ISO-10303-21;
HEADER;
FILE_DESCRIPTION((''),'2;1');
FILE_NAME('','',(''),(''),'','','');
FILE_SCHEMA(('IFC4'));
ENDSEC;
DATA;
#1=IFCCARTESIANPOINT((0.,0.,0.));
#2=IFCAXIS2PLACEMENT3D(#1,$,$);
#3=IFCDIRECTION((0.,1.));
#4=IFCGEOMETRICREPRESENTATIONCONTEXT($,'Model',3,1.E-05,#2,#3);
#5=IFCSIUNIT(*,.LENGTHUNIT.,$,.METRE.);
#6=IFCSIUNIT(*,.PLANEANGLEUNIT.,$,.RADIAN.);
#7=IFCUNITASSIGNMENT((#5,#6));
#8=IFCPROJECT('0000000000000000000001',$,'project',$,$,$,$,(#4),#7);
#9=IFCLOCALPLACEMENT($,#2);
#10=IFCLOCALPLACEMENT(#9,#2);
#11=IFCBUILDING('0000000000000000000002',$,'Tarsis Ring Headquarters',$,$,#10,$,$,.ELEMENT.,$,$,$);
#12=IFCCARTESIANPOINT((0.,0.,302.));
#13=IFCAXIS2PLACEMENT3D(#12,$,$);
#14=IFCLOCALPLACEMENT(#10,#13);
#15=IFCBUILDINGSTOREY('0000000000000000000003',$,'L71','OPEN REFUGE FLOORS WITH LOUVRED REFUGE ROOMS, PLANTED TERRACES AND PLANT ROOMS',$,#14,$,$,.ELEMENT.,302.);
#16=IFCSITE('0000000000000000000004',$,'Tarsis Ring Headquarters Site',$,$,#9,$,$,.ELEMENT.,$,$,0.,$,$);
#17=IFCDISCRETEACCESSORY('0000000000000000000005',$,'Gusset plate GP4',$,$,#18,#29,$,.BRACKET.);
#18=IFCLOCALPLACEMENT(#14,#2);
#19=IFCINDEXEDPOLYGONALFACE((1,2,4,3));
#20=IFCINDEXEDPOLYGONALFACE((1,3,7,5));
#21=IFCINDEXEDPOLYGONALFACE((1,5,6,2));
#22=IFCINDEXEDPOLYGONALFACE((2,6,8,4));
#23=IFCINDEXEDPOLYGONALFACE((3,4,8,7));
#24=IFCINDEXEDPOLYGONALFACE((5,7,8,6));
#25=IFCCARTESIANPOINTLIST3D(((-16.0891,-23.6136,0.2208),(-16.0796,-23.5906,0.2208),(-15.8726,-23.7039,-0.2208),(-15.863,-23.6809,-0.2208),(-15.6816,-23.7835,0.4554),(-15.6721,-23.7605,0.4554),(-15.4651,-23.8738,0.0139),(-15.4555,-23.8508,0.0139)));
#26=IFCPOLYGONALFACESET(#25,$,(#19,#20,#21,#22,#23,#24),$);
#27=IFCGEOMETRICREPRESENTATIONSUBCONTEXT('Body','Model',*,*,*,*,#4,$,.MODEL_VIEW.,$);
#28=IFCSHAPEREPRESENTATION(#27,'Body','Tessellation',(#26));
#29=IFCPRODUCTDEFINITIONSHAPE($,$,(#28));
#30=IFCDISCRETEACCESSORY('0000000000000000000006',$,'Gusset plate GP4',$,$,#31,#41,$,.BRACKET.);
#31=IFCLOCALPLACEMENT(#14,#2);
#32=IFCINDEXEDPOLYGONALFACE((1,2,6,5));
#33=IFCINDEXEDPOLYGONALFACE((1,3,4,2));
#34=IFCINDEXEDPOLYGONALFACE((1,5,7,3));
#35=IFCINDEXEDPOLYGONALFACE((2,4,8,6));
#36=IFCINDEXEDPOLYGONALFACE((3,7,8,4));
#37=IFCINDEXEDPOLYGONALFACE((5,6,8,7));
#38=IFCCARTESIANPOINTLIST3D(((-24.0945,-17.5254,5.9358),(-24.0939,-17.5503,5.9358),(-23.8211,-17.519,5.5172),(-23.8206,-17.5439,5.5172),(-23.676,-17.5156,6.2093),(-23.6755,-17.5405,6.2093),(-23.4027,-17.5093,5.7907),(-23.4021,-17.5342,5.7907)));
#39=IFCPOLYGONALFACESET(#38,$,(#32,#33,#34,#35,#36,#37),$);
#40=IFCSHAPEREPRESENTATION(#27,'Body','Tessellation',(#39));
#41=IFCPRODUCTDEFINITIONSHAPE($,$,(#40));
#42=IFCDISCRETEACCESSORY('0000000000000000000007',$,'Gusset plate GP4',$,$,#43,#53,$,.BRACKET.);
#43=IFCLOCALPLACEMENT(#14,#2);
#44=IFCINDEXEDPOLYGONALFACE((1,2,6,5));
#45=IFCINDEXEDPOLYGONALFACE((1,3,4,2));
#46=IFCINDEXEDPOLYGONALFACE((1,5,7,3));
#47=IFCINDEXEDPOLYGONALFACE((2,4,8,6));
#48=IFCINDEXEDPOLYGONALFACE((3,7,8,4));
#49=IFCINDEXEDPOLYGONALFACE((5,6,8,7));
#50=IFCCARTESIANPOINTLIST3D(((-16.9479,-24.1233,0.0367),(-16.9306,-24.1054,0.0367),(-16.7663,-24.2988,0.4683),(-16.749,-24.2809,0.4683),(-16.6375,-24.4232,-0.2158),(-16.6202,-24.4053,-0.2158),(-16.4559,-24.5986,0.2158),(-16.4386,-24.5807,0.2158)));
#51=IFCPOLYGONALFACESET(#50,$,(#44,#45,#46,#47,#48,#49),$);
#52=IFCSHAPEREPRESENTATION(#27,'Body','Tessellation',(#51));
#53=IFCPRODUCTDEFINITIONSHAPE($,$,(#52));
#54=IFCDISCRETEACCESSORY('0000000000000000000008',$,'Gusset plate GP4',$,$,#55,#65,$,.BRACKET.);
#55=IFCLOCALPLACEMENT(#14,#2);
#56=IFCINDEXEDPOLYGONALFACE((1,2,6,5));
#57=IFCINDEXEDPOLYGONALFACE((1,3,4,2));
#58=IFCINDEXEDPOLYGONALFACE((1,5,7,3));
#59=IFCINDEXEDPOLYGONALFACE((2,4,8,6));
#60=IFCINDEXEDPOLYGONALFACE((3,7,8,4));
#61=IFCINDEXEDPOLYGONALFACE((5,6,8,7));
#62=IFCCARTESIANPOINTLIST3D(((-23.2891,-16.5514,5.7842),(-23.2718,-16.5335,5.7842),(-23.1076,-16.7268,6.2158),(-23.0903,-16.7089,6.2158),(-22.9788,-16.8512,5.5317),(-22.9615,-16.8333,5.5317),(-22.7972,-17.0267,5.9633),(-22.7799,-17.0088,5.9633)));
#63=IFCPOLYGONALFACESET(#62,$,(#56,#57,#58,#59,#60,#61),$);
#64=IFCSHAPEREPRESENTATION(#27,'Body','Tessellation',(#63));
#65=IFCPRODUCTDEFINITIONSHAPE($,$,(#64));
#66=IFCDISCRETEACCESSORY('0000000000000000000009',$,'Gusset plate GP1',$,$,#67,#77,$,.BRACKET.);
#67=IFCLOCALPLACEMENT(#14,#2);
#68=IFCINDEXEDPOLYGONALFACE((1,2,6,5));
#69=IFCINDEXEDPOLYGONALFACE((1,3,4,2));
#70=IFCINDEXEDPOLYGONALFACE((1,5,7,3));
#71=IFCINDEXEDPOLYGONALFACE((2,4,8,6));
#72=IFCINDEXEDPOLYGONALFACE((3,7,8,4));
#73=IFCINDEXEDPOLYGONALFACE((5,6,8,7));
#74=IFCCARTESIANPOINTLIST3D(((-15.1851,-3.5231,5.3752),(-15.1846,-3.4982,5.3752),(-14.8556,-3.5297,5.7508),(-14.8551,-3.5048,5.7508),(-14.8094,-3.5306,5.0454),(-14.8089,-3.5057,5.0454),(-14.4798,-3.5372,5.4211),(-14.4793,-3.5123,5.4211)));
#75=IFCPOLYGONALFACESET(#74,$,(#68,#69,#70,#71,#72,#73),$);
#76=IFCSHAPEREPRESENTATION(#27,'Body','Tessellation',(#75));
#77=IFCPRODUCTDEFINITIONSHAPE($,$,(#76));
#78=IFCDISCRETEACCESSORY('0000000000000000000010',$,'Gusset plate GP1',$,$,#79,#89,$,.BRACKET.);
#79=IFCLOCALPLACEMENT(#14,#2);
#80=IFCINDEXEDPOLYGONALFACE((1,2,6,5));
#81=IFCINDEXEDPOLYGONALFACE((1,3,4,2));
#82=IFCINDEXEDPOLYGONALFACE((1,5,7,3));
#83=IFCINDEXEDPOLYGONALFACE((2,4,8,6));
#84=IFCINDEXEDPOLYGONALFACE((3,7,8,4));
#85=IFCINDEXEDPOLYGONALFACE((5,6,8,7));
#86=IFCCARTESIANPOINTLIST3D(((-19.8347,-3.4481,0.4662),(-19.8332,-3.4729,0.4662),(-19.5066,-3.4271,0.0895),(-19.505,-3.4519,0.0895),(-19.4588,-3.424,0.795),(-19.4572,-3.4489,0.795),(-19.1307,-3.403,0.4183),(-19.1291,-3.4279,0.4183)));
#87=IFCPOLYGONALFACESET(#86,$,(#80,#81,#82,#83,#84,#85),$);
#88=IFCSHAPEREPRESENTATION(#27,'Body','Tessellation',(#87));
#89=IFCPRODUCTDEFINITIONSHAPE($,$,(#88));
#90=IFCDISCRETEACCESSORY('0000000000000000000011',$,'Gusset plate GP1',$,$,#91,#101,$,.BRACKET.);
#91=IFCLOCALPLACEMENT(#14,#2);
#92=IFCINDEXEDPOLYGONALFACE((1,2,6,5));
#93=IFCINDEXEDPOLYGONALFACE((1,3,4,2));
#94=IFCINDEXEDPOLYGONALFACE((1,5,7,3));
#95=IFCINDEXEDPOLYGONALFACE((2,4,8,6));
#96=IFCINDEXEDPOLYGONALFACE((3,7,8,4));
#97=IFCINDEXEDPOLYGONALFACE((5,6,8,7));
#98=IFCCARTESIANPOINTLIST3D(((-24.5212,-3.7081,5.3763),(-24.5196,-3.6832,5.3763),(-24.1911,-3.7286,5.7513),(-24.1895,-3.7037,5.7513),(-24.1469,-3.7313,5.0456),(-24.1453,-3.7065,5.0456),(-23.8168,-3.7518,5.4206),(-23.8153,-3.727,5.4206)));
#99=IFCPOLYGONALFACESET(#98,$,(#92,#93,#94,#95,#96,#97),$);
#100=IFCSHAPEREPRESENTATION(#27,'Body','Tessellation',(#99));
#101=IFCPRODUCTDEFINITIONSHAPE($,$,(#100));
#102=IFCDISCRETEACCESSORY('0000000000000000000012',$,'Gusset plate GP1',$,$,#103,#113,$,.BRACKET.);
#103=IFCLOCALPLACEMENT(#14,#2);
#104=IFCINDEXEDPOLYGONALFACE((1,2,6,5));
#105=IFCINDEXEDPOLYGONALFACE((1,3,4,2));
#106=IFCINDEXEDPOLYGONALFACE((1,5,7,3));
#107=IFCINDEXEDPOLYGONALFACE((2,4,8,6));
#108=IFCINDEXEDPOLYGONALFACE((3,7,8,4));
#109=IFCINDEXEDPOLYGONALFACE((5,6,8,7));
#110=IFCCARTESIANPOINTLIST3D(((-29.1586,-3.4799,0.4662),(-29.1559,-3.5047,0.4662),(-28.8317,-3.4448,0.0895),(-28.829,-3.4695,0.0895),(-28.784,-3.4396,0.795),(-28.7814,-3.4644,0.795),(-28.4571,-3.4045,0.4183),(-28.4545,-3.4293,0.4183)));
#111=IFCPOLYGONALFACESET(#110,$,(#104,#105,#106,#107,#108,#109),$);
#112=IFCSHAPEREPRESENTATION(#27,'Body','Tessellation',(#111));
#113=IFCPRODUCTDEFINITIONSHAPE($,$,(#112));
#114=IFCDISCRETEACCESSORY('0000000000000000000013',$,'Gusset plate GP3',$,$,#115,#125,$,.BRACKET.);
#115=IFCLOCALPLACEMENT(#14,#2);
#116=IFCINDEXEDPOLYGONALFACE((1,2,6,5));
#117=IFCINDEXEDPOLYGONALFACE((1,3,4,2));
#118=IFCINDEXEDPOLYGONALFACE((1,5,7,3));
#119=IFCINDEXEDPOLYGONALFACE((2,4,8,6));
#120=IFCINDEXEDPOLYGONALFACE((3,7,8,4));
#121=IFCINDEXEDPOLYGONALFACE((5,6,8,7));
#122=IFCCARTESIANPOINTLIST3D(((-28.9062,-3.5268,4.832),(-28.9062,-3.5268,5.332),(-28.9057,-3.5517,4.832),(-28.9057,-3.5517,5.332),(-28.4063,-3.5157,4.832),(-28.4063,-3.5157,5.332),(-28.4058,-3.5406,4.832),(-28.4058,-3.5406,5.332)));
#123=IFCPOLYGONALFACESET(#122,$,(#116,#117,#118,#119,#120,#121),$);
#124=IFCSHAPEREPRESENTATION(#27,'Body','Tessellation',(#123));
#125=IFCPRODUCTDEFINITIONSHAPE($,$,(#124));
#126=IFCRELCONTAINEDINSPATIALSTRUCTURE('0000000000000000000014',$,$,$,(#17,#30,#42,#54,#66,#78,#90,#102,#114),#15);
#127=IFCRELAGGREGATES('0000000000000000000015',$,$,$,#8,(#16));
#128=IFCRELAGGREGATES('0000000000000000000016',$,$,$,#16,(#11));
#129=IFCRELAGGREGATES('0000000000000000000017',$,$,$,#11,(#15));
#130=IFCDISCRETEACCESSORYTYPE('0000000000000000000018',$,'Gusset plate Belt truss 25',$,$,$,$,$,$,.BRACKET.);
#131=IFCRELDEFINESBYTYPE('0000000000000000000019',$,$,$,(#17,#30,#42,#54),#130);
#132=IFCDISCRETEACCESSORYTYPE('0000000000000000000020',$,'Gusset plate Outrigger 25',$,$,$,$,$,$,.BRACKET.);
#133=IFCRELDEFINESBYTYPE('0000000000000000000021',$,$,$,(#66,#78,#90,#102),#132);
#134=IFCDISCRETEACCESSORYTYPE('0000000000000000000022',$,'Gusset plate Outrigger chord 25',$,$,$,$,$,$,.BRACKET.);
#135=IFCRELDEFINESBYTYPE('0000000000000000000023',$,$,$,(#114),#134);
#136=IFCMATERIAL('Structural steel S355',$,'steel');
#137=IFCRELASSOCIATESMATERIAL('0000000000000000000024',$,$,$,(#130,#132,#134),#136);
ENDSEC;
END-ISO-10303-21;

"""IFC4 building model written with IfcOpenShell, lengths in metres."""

from ifc_helpers import new_model, si_unit, direction, frame, origin, origin_2d, place, context, subcontext, project, spatial, rectangle, extrude, material, material_profile, profile_set, type_object, element, save


model = new_model("IFC4")

# Units and contexts
model_context = context("Model", 3, precision=1e-05, world=origin(), true_north=direction((0.0, 1.0)))
body_context = subcontext(model_context, "Body", "Model", "MODEL_VIEW")
ifc_project = project(units=[si_unit("LENGTHUNIT", "METRE"), si_unit("PLANEANGLEUNIT", "RADIAN")], contexts=[model_context])

# Site, building, storey
site_placement = place(None, origin())
site = spatial("IfcSite", under=ifc_project, at=site_placement, Name="Tarsis Ring Headquarters Site", CompositionType="ELEMENT", RefElevation=0.0)
building_placement = place(site_placement, origin())
building = spatial("IfcBuilding", under=site, at=building_placement, Name="Tarsis Ring Headquarters", CompositionType="ELEMENT")
storey_placement = place(building_placement, frame((0.0, 0.0, 302.0)))
storey = spatial("IfcBuildingStorey", under=building, at=storey_placement, Name="L71", Description="OPEN REFUGE FLOORS WITH LOUVRED REFUGE ROOMS, PLANTED TERRACES AND PLANT ROOMS", CompositionType="ELEMENT", Elevation=302.0)

# Shared definitions
ifc_material_1 = material(Name="Structural steel S355", Category="steel")

# Discrete accessories
ifc_material_profile_1 = material_profile(ifc_material_1, rectangle(XDim=0.0249, YDim=0.5, at=origin_2d()), Name="PL 25x500")
ifc_profile_set_1 = profile_set([ifc_material_profile_1], Name="Structural steel S355")
discrete_accessory_type_1 = type_object("IfcDiscreteAccessoryType", Name="Gusset plate Belt truss 25", PredefinedType="BRACKET", material=ifc_profile_set_1)
for number, where, z_axis, x_axis, name in (
    (1, (-15.9761, -23.6472, 0.0), (0.81502, -0.339876, 0.469283), (0.38489, 0.922962, 0.0), "Gusset plate GP4"),
    (2, (-23.5391, -17.5249, 6.0), (-0.836965, -0.019532, -0.546908), (0.023331, -0.999728, 0.0), "Gusset plate GP4"),
    (3, (-16.5381, -24.502, 0.0), (-0.620733, 0.599733, 0.504987), (-0.694837, -0.719167, 0.0), "Gusset plate GP4"),
    (4, (-23.1897, -16.6301, 6.0), (0.620733, -0.599733, -0.504987), (0.694837, 0.719167, 0.0), "Gusset plate GP4"),
):
    element("IfcDiscreteAccessory", number, at=place(storey_placement, frame(where, z_axis=z_axis, x_axis=x_axis)), inside=storey, type_object=discrete_accessory_type_1, Name=name, PredefinedType="BRACKET", context=body_context, shape_type="SweptSolid", body=[
        extrude(rectangle(XDim=0.0249, YDim=0.5, at=origin_2d()), origin(), (0.0, 0.0, 1.0), 0.5),
    ])
discrete_accessory_type_2 = type_object("IfcDiscreteAccessoryType", Name="Gusset plate Outrigger 25", PredefinedType="BRACKET", material=ifc_profile_set_1)
discrete_accessory_1_placement = place(storey_placement, frame((-14.6675, -3.521, 5.5859), z_axis=(-0.65938, 0.013188, -0.751694), x_axis=(-0.019996, -0.9998, 0.0)))
element("IfcDiscreteAccessory", 5, at=discrete_accessory_1_placement, inside=storey, type_object=discrete_accessory_type_2, Name="Gusset plate GP1", PredefinedType="BRACKET", context=body_context, shape_type="SweptSolid", body=[
    extrude(rectangle(XDim=0.0249, YDim=0.5, at=origin_2d()), origin(), (0.0, 0.0, 1.0), 0.4998),
])
for number, where, z_axis, x_axis, name in (
    (6, (-19.3179, -3.4275, 0.2539), (-0.656228, -0.041991, 0.753393), (0.063857, -0.997959, 0.0), "Gusset plate GP1"),
    (7, (-24.0032, -3.7278, 5.5859), (-0.66016, 0.041016, -0.750004), (-0.062011, -0.998075, 0.0), "Gusset plate GP1"),
    (8, (-28.6431, -3.437, 0.2539), (-0.653793, -0.070311, 0.7534), (0.106926, -0.994267, 0.0), "Gusset plate GP1"),
):
    element("IfcDiscreteAccessory", number, at=place(storey_placement, frame(where, z_axis=z_axis, x_axis=x_axis)), inside=storey, type_object=discrete_accessory_type_2, Name=name, PredefinedType="BRACKET", context=body_context, shape_type="SweptSolid", body=[
        extrude(rectangle(XDim=0.0249, YDim=0.5, at=origin_2d()), origin(), (0.0, 0.0, 1.0), 0.5),
    ])
discrete_accessory_type_3 = type_object("IfcDiscreteAccessoryType", Name="Gusset plate Outrigger chord 25", PredefinedType="BRACKET", material=ifc_profile_set_1)
discrete_accessory_2_placement = place(storey_placement, frame((-28.656, -3.5337, 5.332), z_axis=(0.0, 0.0, -1.0), x_axis=(0.022234, -0.999753, 0.0)))
element("IfcDiscreteAccessory", 9, at=discrete_accessory_2_placement, inside=storey, type_object=discrete_accessory_type_3, Name="Gusset plate GP3", PredefinedType="BRACKET", context=body_context, shape_type="SweptSolid", body=[
    extrude(rectangle(XDim=0.0249, YDim=0.5, at=origin_2d()), origin(), (0.0, 0.0, 1.0), 0.5),
])

save(model, "model.ifc")
